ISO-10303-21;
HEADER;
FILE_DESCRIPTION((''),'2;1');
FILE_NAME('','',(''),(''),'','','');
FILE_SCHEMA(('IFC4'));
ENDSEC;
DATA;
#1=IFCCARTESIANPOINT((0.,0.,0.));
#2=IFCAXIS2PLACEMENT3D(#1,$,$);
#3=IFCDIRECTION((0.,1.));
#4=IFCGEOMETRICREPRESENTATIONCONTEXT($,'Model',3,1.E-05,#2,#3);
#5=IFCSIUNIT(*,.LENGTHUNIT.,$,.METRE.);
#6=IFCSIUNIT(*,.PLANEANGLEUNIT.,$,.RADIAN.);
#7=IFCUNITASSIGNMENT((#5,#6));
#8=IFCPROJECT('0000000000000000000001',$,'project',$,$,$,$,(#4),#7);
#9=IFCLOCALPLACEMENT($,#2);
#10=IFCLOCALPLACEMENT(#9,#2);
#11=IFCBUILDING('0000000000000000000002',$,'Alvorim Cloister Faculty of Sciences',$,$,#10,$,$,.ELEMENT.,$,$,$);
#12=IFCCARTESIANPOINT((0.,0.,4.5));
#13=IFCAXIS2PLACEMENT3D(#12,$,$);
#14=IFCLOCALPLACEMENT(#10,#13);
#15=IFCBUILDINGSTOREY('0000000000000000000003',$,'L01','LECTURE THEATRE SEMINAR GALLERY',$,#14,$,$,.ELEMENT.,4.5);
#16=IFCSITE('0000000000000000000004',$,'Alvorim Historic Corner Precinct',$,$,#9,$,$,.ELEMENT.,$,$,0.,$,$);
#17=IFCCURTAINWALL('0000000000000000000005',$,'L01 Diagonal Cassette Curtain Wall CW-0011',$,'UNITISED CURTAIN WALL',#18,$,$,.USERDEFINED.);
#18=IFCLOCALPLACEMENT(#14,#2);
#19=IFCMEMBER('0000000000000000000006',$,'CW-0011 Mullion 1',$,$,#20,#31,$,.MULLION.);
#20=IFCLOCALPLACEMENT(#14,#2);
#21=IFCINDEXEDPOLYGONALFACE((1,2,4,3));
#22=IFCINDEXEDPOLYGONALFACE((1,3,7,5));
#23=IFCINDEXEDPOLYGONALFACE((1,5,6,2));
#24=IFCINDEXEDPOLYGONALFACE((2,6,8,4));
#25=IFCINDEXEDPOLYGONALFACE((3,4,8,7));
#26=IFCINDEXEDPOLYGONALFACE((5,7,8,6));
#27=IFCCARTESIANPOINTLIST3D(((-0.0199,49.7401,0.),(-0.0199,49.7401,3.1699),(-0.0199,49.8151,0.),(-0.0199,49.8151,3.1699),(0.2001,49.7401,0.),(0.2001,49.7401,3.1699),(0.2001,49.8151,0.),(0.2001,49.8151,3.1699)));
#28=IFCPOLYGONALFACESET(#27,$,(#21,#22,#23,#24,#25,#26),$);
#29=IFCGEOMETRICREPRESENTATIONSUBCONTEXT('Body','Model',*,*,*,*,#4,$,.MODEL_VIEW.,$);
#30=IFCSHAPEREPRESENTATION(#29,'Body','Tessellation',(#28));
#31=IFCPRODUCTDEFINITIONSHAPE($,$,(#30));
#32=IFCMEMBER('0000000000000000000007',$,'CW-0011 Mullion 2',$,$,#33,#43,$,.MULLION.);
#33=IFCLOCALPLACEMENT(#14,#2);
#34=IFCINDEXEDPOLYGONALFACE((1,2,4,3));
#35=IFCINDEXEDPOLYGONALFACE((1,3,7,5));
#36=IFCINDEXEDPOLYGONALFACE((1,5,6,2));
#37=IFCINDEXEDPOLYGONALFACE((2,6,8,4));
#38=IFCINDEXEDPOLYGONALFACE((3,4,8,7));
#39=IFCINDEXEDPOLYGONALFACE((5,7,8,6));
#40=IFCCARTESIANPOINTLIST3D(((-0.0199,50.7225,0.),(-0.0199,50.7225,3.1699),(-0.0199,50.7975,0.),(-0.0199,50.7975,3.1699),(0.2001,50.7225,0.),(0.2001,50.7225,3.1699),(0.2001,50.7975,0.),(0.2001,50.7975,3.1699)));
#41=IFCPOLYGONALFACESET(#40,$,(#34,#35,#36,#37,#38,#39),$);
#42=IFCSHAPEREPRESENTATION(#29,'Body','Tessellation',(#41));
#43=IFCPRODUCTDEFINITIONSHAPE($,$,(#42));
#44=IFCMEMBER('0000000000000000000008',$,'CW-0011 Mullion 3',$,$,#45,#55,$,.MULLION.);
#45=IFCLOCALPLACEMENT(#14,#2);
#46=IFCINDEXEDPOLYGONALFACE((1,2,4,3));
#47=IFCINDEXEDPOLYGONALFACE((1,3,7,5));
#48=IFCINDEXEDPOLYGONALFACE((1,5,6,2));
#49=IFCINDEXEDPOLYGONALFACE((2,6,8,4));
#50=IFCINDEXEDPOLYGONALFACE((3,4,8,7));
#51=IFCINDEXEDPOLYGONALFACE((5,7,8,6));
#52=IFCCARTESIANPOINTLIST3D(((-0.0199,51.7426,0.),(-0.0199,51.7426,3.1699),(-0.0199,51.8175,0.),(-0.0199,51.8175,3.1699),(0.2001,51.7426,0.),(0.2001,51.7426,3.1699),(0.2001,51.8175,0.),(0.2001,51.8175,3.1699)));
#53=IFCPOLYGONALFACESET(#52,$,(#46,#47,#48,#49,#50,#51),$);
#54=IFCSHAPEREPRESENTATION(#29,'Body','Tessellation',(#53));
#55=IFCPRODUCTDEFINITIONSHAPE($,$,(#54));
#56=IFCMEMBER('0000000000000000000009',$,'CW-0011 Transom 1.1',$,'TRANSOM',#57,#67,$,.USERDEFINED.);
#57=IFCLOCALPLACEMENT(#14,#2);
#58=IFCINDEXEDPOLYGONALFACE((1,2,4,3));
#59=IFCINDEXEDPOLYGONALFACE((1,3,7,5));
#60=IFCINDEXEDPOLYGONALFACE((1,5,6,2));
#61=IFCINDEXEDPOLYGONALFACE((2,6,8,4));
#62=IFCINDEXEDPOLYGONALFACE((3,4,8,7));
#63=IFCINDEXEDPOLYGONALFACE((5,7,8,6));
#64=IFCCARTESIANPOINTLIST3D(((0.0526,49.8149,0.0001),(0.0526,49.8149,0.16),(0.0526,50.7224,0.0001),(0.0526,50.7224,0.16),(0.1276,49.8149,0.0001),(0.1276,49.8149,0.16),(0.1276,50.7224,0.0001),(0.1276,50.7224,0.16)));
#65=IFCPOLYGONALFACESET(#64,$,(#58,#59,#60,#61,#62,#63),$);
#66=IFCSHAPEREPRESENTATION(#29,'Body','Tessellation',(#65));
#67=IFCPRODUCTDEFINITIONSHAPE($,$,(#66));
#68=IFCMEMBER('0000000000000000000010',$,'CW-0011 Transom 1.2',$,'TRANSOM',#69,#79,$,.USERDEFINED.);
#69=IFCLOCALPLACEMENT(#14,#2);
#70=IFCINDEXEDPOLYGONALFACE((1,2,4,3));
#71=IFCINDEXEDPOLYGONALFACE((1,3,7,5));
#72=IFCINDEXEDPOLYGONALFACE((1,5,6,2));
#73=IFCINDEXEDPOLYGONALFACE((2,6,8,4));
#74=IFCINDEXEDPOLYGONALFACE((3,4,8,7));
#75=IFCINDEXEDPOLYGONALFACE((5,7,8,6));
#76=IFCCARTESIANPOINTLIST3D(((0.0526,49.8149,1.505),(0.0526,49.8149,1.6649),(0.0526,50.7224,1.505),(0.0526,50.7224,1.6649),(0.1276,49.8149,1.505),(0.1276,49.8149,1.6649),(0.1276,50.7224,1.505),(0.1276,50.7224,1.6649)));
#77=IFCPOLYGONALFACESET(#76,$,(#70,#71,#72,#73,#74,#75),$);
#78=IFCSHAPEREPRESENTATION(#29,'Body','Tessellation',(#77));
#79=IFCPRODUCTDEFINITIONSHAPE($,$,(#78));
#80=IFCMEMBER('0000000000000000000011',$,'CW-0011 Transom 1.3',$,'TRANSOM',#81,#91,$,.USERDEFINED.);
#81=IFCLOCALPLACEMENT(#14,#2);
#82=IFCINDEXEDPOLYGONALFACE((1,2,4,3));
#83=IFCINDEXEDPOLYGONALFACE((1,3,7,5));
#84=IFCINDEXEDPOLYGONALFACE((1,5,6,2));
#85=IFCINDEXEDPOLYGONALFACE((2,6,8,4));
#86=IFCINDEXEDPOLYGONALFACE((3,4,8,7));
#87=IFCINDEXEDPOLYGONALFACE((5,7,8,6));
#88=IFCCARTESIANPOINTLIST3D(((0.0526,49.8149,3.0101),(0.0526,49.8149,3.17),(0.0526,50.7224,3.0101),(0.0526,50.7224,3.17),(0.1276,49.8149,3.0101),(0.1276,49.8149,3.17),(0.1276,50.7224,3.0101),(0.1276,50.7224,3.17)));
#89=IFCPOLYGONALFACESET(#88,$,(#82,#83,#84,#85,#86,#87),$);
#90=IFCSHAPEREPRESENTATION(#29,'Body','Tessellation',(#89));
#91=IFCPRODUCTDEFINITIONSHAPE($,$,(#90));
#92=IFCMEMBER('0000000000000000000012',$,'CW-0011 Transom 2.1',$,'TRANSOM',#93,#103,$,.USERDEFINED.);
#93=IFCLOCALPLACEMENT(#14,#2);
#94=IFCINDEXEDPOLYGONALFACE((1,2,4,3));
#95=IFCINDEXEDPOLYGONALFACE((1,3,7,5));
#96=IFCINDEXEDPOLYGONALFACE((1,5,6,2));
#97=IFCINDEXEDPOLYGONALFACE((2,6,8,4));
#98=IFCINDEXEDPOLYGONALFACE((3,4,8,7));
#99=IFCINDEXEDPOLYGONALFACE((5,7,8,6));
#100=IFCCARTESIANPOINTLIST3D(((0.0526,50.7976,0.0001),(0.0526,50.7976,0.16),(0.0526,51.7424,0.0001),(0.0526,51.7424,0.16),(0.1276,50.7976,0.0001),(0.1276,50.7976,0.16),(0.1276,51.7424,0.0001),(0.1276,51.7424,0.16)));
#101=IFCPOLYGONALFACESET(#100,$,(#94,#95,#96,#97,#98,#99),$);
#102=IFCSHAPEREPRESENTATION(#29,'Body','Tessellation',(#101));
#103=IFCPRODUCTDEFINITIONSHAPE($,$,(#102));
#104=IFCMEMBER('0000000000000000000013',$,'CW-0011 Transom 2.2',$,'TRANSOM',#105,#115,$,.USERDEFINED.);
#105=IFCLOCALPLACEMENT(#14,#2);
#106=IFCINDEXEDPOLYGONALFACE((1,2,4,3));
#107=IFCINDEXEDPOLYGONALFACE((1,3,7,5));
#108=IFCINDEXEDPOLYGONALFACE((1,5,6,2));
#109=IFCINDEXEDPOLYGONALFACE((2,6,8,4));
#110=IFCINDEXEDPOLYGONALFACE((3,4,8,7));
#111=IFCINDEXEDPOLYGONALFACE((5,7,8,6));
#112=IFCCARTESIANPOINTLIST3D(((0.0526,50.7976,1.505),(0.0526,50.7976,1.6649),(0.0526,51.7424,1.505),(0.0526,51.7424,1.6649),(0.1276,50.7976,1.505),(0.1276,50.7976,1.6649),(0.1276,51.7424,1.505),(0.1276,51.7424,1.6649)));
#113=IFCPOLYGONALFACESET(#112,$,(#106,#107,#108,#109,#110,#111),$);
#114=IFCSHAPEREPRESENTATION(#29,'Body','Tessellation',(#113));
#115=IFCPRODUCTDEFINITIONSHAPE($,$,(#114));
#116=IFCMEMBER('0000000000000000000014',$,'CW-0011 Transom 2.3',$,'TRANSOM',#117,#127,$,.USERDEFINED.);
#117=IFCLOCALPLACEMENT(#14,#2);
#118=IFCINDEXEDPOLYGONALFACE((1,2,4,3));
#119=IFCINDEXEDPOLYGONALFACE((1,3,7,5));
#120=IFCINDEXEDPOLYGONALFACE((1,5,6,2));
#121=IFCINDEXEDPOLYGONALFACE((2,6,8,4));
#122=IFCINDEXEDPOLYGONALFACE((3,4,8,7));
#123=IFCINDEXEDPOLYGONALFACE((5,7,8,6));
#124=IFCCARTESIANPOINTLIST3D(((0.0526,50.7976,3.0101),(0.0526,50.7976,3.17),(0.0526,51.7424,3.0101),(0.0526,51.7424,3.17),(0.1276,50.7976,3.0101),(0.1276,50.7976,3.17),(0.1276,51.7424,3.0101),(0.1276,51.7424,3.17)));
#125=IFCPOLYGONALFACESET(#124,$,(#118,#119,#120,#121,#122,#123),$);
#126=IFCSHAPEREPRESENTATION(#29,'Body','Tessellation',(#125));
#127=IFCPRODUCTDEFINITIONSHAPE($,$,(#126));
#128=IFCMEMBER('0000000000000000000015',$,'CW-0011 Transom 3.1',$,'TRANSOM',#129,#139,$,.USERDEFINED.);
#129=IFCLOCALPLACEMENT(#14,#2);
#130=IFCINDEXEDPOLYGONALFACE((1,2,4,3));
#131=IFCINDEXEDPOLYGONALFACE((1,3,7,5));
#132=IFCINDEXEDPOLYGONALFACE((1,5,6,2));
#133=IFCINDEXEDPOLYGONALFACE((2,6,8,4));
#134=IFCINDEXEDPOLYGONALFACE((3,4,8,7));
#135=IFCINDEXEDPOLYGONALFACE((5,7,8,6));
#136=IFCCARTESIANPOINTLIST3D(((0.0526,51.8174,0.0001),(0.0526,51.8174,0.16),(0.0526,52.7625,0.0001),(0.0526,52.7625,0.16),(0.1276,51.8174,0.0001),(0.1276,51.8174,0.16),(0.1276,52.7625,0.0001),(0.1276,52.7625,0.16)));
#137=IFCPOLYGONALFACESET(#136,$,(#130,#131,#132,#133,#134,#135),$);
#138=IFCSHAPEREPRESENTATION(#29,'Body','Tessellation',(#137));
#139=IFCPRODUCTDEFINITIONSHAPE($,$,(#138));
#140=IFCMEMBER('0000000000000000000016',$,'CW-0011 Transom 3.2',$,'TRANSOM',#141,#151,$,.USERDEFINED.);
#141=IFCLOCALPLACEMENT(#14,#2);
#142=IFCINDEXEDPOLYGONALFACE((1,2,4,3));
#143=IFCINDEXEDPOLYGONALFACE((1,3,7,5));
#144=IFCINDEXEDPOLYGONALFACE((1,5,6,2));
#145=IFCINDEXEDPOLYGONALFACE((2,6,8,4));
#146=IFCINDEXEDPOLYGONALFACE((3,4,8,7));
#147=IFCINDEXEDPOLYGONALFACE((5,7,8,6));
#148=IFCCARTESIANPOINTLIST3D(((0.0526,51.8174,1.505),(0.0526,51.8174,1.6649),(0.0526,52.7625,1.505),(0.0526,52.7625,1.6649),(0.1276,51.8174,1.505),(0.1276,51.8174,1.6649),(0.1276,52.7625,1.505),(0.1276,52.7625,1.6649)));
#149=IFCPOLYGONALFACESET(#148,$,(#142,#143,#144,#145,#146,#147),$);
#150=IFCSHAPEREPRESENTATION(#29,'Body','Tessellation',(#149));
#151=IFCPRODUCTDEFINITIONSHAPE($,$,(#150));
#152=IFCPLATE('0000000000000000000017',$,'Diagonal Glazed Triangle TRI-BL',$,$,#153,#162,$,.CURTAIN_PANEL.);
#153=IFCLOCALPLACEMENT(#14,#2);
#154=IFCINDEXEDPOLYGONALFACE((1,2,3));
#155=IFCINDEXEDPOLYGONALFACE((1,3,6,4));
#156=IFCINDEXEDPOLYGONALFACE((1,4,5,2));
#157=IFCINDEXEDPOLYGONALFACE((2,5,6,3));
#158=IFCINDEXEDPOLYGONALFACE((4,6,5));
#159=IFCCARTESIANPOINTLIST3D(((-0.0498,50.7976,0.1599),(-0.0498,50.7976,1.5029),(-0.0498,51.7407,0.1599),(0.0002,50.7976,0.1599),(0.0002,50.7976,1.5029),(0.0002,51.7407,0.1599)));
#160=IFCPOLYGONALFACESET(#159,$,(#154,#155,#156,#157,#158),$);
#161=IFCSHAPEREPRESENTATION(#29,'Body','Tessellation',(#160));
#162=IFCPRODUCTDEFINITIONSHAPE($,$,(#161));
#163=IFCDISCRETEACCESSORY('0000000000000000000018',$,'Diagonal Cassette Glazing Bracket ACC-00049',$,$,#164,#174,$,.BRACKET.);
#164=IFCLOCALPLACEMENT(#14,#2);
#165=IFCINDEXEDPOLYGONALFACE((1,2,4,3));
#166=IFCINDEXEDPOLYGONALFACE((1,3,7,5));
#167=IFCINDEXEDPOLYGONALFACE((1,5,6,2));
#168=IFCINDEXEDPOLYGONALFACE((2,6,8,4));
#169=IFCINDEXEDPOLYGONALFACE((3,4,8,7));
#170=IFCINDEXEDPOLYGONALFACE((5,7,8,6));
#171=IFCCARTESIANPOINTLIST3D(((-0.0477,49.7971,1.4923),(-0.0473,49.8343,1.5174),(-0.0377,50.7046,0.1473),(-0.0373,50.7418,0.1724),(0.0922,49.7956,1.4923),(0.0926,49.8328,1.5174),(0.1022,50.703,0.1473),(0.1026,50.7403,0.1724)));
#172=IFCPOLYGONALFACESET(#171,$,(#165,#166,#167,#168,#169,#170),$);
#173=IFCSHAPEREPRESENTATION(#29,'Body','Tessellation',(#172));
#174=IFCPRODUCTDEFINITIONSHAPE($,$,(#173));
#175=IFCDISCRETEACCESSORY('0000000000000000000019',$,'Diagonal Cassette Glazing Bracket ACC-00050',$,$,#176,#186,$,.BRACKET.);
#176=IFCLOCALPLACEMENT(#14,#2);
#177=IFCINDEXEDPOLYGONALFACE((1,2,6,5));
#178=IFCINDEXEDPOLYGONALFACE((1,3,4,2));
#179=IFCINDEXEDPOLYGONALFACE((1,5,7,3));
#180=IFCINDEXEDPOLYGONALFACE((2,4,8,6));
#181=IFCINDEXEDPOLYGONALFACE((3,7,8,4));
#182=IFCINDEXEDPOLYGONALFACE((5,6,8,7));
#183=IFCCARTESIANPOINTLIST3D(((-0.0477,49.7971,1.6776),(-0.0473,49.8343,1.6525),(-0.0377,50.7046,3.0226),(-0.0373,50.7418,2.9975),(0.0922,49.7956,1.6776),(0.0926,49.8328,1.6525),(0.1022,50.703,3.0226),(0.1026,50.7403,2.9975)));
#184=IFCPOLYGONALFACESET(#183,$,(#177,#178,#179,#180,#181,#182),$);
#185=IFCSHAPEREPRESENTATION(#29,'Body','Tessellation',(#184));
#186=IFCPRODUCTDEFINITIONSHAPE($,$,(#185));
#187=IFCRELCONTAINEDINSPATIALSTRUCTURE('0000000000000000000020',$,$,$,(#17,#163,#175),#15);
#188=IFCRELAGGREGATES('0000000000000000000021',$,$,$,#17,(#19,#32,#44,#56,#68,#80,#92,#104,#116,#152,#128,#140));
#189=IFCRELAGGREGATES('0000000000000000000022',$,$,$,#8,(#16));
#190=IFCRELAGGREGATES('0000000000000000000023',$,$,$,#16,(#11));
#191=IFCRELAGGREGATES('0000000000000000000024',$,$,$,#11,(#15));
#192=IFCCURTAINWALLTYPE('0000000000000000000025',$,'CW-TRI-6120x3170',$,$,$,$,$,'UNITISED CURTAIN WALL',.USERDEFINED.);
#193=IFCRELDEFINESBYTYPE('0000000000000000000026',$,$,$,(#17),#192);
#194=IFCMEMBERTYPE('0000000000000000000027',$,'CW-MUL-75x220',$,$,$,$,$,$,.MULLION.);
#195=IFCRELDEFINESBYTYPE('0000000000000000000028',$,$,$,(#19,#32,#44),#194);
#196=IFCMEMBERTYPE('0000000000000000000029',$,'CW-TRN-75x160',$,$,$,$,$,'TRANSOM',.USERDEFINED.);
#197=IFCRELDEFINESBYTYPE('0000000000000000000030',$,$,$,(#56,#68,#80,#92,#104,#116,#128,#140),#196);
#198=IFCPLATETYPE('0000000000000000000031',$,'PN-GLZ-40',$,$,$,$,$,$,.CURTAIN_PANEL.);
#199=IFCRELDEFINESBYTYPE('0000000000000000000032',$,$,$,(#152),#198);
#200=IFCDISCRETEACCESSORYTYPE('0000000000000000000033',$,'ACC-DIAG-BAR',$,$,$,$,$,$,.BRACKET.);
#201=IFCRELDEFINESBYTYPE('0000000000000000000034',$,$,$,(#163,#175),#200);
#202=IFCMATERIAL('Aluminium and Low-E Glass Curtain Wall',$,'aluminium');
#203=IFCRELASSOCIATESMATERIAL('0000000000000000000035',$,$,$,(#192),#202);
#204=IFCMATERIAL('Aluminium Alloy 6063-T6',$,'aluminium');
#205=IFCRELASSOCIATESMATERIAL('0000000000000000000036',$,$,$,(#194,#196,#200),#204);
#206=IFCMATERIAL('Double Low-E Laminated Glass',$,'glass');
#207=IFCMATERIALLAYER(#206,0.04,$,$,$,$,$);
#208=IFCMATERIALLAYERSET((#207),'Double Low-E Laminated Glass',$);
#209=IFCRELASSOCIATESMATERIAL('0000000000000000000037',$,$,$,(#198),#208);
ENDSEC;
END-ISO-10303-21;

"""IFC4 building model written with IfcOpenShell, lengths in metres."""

from ifc_helpers import new_model, si_unit, direction, frame, origin, origin_2d, place, context, subcontext, project, spatial, polyline, rectangle, outline, extrude, material, layer, layer_set, material_profile, profile_set, type_object, element, aggregate, save


model = new_model("IFC4")

# Units and contexts
model_context = context("Model", 3, precision=1e-05, world=origin(), true_north=direction((0.0, 1.0)))
body_context = subcontext(model_context, "Body", "Model", "MODEL_VIEW")
ifc_project = project(units=[si_unit("LENGTHUNIT", "METRE"), si_unit("PLANEANGLEUNIT", "RADIAN")], contexts=[model_context])

# Site, building, storey
site_placement = place(None, origin())
site = spatial("IfcSite", under=ifc_project, at=site_placement, Name="Alvorim Historic Corner Precinct", CompositionType="ELEMENT", RefElevation=0.0)
building_placement = place(site_placement, origin())
building = spatial("IfcBuilding", under=site, at=building_placement, Name="Alvorim Cloister Faculty of Sciences", CompositionType="ELEMENT")
storey_placement = place(building_placement, frame((0.0, 0.0, 4.5)))
storey = spatial("IfcBuildingStorey", under=building, at=storey_placement, Name="L01", Description="LECTURE THEATRE SEMINAR GALLERY", CompositionType="ELEMENT", Elevation=4.5)

# Curtain wall, members, plate
ifc_material_1 = material(Name="Aluminium and Low-E Glass Curtain Wall", Category="aluminium")
curtain_wall_type = type_object("IfcCurtainWallType", Name="CW-TRI-6120x3170", ElementType="UNITISED CURTAIN WALL", PredefinedType="USERDEFINED", material=ifc_material_1)
curtain_wall_placement = place(storey_placement, origin())
curtain_wall = element("IfcCurtainWall", 1, at=curtain_wall_placement, inside=storey, type_object=curtain_wall_type, Name="L01 Diagonal Cassette Curtain Wall CW-0011", ObjectType="UNITISED CURTAIN WALL", PredefinedType="USERDEFINED")
ifc_material_2 = material(Name="Aluminium Alloy 6063-T6", Category="aluminium")
ifc_material_profile_1 = material_profile(ifc_material_2, rectangle(XDim=0.075, YDim=0.22, at=origin_2d()), Name="ALU-MUL-75x220")
ifc_profile_set_1 = profile_set([ifc_material_profile_1], Name="Aluminium Alloy 6063-T6")
member_type_1 = type_object("IfcMemberType", Name="CW-MUL-75x220", PredefinedType="MULLION", material=ifc_profile_set_1)
member_1_placement = place(storey_placement, frame((0.0901, 49.7776, 0.0), z_axis=(0.0, 0.0, 1.0), x_axis=(0.0, 1.0, 0.0)))
member_1 = element("IfcMember", 2, at=member_1_placement, type_object=member_type_1, Name="CW-0011 Mullion 1", PredefinedType="MULLION", context=body_context, shape_type="SweptSolid", body=[
    extrude(rectangle(XDim=0.075, YDim=0.22, at=origin_2d()), origin(), (0.0, 0.0, 1.0), 3.1699),
])
member_2_placement = place(storey_placement, frame((0.0901, 50.76, 0.0), z_axis=(0.0, 0.0, 1.0), x_axis=(0.0, 1.0, 0.0)))
member_2 = element("IfcMember", 3, at=member_2_placement, type_object=member_type_1, Name="CW-0011 Mullion 2", PredefinedType="MULLION", context=body_context, shape_type="SweptSolid", body=[
    extrude(rectangle(XDim=0.075, YDim=0.22, at=origin_2d()), origin(), (0.0, 0.0, 1.0), 3.1699),
])
member_3_placement = place(storey_placement, frame((0.0901, 51.78, 0.0), z_axis=(0.0, 0.0, 1.0), x_axis=(0.0, 1.0, 0.0)))
member_3 = element("IfcMember", 4, at=member_3_placement, type_object=member_type_1, Name="CW-0011 Mullion 3", PredefinedType="MULLION", context=body_context, shape_type="SweptSolid", body=[
    extrude(rectangle(XDim=0.075, YDim=0.22, at=origin_2d()), origin(), (0.0, 0.0, 1.0), 3.1699),
])
ifc_material_profile_2 = material_profile(ifc_material_2, rectangle(XDim=0.075, YDim=0.1599, at=origin_2d()), Name="ALU-TRN-75x160")
ifc_profile_set_2 = profile_set([ifc_material_profile_2], Name="Aluminium Alloy 6063-T6")
member_type_2 = type_object("IfcMemberType", Name="CW-TRN-75x160", ElementType="TRANSOM", PredefinedType="USERDEFINED", material=ifc_profile_set_2)
member_4_placement = place(storey_placement, frame((0.0901, 49.8149, 0.0801), z_axis=(0.0, 1.0, 0.0), x_axis=(-1.0, 0.0, 0.0)))
member_4 = element("IfcMember", 5, at=member_4_placement, type_object=member_type_2, Name="CW-0011 Transom 1.1", ObjectType="TRANSOM", PredefinedType="USERDEFINED", context=body_context, shape_type="SweptSolid", body=[
    extrude(rectangle(XDim=0.075, YDim=0.1599, at=origin_2d()), origin(), (0.0, 0.0, 1.0), 0.9075),
])
member_5_placement = place(storey_placement, frame((0.0901, 49.8149, 1.585), z_axis=(0.0, 1.0, 0.0), x_axis=(-1.0, 0.0, 0.0)))
member_5 = element("IfcMember", 6, at=member_5_placement, type_object=member_type_2, Name="CW-0011 Transom 1.2", ObjectType="TRANSOM", PredefinedType="USERDEFINED", context=body_context, shape_type="SweptSolid", body=[
    extrude(rectangle(XDim=0.075, YDim=0.1599, at=origin_2d()), origin(), (0.0, 0.0, 1.0), 0.9075),
])
member_6_placement = place(storey_placement, frame((0.0901, 49.8149, 3.0901), z_axis=(0.0, 1.0, 0.0), x_axis=(-1.0, 0.0, 0.0)))
member_6 = element("IfcMember", 7, at=member_6_placement, type_object=member_type_2, Name="CW-0011 Transom 1.3", ObjectType="TRANSOM", PredefinedType="USERDEFINED", context=body_context, shape_type="SweptSolid", body=[
    extrude(rectangle(XDim=0.075, YDim=0.1599, at=origin_2d()), origin(), (0.0, 0.0, 1.0), 0.9075),
])
member_7_placement = place(storey_placement, frame((0.0901, 50.7976, 0.0801), z_axis=(0.0, 1.0, 0.0), x_axis=(-1.0, 0.0, 0.0)))
member_7 = element("IfcMember", 8, at=member_7_placement, type_object=member_type_2, Name="CW-0011 Transom 2.1", ObjectType="TRANSOM", PredefinedType="USERDEFINED", context=body_context, shape_type="SweptSolid", body=[
    extrude(rectangle(XDim=0.075, YDim=0.1599, at=origin_2d()), origin(), (0.0, 0.0, 1.0), 0.9448),
])
member_8_placement = place(storey_placement, frame((0.0901, 50.7976, 1.585), z_axis=(0.0, 1.0, 0.0), x_axis=(-1.0, 0.0, 0.0)))
member_8 = element("IfcMember", 9, at=member_8_placement, type_object=member_type_2, Name="CW-0011 Transom 2.2", ObjectType="TRANSOM", PredefinedType="USERDEFINED", context=body_context, shape_type="SweptSolid", body=[
    extrude(rectangle(XDim=0.075, YDim=0.1599, at=origin_2d()), origin(), (0.0, 0.0, 1.0), 0.9448),
])
member_9_placement = place(storey_placement, frame((0.0901, 50.7976, 3.0901), z_axis=(0.0, 1.0, 0.0), x_axis=(-1.0, 0.0, 0.0)))
member_9 = element("IfcMember", 10, at=member_9_placement, type_object=member_type_2, Name="CW-0011 Transom 2.3", ObjectType="TRANSOM", PredefinedType="USERDEFINED", context=body_context, shape_type="SweptSolid", body=[
    extrude(rectangle(XDim=0.075, YDim=0.1599, at=origin_2d()), origin(), (0.0, 0.0, 1.0), 0.9448),
])
member_10_placement = place(storey_placement, frame((0.0901, 51.8174, 0.0801), z_axis=(0.0, 1.0, 0.0), x_axis=(-1.0, 0.0, 0.0)))
member_10 = element("IfcMember", 11, at=member_10_placement, type_object=member_type_2, Name="CW-0011 Transom 3.1", ObjectType="TRANSOM", PredefinedType="USERDEFINED", context=body_context, shape_type="SweptSolid", body=[
    extrude(rectangle(XDim=0.075, YDim=0.1599, at=origin_2d()), origin(), (0.0, 0.0, 1.0), 0.9451),
])
member_11_placement = place(storey_placement, frame((0.0901, 51.8174, 1.585), z_axis=(0.0, 1.0, 0.0), x_axis=(-1.0, 0.0, 0.0)))
member_11 = element("IfcMember", 12, at=member_11_placement, type_object=member_type_2, Name="CW-0011 Transom 3.2", ObjectType="TRANSOM", PredefinedType="USERDEFINED", context=body_context, shape_type="SweptSolid", body=[
    extrude(rectangle(XDim=0.075, YDim=0.1599, at=origin_2d()), origin(), (0.0, 0.0, 1.0), 0.9451),
])
ifc_material_3 = material(Name="Double Low-E Laminated Glass", Category="glass")
ifc_layer = layer(ifc_material_3, 0.04)
ifc_layer_set = layer_set([ifc_layer], Name="Double Low-E Laminated Glass")
plate_type = type_object("IfcPlateType", Name="PN-GLZ-40", PredefinedType="CURTAIN_PANEL", material=ifc_layer_set)
plate_1_placement = place(storey_placement, frame((-0.0249, 50.7976, 0.1599), z_axis=(0.0, 0.0, 1.0), x_axis=(0.0, 1.0, 0.0)))
plate_1 = element("IfcPlate", 13, at=plate_1_placement, type_object=plate_type, Name="Diagonal Glazed Triangle TRI-BL", PredefinedType="CURTAIN_PANEL", context=body_context, shape_type="SweptSolid", body=[
    extrude(outline(polyline([(0.0, 0.0), (0.9431, 0.0), (0.0, 1.343), (0.0, 0.0)])), frame((0.0, 0.0249, 0.0), z_axis=(0.0, -1.0, 0.0), x_axis=(1.0, 0.0, 0.0)), (0.0, 0.0, 1.0), 0.05),
])
aggregate(curtain_wall, [member_1, member_2, member_3, member_4, member_5, member_6, member_7, member_8, member_9, plate_1, member_10, member_11])

# Discrete accessories
discrete_accessory_type = type_object("IfcDiscreteAccessoryType", Name="ACC-DIAG-BAR", PredefinedType="BRACKET", material=ifc_material_2)
for number, where, z_axis, x_axis, name in (
    (14, (0.0225, 49.8149, 1.5049), (0.006169, 0.559299, -0.828943), (-0.999939, 0.01103, 0.0), "Diagonal Cassette Glazing Bracket ACC-00049"),
    (15, (0.0225, 49.8149, 1.665), (0.006169, 0.559299, 0.828943), (-0.999939, 0.01103, 0.0), "Diagonal Cassette Glazing Bracket ACC-00050"),
):
    element("IfcDiscreteAccessory", number, at=place(storey_placement, frame(where, z_axis=z_axis, x_axis=x_axis)), inside=storey, type_object=discrete_accessory_type, Name=name, PredefinedType="BRACKET", context=body_context, shape_type="SweptSolid", body=[
        extrude(rectangle(XDim=0.1399, YDim=0.0449, at=origin_2d()), origin(), (0.0, 0.0, 1.0), 1.6226),
    ])

save(model, "model.ifc")
